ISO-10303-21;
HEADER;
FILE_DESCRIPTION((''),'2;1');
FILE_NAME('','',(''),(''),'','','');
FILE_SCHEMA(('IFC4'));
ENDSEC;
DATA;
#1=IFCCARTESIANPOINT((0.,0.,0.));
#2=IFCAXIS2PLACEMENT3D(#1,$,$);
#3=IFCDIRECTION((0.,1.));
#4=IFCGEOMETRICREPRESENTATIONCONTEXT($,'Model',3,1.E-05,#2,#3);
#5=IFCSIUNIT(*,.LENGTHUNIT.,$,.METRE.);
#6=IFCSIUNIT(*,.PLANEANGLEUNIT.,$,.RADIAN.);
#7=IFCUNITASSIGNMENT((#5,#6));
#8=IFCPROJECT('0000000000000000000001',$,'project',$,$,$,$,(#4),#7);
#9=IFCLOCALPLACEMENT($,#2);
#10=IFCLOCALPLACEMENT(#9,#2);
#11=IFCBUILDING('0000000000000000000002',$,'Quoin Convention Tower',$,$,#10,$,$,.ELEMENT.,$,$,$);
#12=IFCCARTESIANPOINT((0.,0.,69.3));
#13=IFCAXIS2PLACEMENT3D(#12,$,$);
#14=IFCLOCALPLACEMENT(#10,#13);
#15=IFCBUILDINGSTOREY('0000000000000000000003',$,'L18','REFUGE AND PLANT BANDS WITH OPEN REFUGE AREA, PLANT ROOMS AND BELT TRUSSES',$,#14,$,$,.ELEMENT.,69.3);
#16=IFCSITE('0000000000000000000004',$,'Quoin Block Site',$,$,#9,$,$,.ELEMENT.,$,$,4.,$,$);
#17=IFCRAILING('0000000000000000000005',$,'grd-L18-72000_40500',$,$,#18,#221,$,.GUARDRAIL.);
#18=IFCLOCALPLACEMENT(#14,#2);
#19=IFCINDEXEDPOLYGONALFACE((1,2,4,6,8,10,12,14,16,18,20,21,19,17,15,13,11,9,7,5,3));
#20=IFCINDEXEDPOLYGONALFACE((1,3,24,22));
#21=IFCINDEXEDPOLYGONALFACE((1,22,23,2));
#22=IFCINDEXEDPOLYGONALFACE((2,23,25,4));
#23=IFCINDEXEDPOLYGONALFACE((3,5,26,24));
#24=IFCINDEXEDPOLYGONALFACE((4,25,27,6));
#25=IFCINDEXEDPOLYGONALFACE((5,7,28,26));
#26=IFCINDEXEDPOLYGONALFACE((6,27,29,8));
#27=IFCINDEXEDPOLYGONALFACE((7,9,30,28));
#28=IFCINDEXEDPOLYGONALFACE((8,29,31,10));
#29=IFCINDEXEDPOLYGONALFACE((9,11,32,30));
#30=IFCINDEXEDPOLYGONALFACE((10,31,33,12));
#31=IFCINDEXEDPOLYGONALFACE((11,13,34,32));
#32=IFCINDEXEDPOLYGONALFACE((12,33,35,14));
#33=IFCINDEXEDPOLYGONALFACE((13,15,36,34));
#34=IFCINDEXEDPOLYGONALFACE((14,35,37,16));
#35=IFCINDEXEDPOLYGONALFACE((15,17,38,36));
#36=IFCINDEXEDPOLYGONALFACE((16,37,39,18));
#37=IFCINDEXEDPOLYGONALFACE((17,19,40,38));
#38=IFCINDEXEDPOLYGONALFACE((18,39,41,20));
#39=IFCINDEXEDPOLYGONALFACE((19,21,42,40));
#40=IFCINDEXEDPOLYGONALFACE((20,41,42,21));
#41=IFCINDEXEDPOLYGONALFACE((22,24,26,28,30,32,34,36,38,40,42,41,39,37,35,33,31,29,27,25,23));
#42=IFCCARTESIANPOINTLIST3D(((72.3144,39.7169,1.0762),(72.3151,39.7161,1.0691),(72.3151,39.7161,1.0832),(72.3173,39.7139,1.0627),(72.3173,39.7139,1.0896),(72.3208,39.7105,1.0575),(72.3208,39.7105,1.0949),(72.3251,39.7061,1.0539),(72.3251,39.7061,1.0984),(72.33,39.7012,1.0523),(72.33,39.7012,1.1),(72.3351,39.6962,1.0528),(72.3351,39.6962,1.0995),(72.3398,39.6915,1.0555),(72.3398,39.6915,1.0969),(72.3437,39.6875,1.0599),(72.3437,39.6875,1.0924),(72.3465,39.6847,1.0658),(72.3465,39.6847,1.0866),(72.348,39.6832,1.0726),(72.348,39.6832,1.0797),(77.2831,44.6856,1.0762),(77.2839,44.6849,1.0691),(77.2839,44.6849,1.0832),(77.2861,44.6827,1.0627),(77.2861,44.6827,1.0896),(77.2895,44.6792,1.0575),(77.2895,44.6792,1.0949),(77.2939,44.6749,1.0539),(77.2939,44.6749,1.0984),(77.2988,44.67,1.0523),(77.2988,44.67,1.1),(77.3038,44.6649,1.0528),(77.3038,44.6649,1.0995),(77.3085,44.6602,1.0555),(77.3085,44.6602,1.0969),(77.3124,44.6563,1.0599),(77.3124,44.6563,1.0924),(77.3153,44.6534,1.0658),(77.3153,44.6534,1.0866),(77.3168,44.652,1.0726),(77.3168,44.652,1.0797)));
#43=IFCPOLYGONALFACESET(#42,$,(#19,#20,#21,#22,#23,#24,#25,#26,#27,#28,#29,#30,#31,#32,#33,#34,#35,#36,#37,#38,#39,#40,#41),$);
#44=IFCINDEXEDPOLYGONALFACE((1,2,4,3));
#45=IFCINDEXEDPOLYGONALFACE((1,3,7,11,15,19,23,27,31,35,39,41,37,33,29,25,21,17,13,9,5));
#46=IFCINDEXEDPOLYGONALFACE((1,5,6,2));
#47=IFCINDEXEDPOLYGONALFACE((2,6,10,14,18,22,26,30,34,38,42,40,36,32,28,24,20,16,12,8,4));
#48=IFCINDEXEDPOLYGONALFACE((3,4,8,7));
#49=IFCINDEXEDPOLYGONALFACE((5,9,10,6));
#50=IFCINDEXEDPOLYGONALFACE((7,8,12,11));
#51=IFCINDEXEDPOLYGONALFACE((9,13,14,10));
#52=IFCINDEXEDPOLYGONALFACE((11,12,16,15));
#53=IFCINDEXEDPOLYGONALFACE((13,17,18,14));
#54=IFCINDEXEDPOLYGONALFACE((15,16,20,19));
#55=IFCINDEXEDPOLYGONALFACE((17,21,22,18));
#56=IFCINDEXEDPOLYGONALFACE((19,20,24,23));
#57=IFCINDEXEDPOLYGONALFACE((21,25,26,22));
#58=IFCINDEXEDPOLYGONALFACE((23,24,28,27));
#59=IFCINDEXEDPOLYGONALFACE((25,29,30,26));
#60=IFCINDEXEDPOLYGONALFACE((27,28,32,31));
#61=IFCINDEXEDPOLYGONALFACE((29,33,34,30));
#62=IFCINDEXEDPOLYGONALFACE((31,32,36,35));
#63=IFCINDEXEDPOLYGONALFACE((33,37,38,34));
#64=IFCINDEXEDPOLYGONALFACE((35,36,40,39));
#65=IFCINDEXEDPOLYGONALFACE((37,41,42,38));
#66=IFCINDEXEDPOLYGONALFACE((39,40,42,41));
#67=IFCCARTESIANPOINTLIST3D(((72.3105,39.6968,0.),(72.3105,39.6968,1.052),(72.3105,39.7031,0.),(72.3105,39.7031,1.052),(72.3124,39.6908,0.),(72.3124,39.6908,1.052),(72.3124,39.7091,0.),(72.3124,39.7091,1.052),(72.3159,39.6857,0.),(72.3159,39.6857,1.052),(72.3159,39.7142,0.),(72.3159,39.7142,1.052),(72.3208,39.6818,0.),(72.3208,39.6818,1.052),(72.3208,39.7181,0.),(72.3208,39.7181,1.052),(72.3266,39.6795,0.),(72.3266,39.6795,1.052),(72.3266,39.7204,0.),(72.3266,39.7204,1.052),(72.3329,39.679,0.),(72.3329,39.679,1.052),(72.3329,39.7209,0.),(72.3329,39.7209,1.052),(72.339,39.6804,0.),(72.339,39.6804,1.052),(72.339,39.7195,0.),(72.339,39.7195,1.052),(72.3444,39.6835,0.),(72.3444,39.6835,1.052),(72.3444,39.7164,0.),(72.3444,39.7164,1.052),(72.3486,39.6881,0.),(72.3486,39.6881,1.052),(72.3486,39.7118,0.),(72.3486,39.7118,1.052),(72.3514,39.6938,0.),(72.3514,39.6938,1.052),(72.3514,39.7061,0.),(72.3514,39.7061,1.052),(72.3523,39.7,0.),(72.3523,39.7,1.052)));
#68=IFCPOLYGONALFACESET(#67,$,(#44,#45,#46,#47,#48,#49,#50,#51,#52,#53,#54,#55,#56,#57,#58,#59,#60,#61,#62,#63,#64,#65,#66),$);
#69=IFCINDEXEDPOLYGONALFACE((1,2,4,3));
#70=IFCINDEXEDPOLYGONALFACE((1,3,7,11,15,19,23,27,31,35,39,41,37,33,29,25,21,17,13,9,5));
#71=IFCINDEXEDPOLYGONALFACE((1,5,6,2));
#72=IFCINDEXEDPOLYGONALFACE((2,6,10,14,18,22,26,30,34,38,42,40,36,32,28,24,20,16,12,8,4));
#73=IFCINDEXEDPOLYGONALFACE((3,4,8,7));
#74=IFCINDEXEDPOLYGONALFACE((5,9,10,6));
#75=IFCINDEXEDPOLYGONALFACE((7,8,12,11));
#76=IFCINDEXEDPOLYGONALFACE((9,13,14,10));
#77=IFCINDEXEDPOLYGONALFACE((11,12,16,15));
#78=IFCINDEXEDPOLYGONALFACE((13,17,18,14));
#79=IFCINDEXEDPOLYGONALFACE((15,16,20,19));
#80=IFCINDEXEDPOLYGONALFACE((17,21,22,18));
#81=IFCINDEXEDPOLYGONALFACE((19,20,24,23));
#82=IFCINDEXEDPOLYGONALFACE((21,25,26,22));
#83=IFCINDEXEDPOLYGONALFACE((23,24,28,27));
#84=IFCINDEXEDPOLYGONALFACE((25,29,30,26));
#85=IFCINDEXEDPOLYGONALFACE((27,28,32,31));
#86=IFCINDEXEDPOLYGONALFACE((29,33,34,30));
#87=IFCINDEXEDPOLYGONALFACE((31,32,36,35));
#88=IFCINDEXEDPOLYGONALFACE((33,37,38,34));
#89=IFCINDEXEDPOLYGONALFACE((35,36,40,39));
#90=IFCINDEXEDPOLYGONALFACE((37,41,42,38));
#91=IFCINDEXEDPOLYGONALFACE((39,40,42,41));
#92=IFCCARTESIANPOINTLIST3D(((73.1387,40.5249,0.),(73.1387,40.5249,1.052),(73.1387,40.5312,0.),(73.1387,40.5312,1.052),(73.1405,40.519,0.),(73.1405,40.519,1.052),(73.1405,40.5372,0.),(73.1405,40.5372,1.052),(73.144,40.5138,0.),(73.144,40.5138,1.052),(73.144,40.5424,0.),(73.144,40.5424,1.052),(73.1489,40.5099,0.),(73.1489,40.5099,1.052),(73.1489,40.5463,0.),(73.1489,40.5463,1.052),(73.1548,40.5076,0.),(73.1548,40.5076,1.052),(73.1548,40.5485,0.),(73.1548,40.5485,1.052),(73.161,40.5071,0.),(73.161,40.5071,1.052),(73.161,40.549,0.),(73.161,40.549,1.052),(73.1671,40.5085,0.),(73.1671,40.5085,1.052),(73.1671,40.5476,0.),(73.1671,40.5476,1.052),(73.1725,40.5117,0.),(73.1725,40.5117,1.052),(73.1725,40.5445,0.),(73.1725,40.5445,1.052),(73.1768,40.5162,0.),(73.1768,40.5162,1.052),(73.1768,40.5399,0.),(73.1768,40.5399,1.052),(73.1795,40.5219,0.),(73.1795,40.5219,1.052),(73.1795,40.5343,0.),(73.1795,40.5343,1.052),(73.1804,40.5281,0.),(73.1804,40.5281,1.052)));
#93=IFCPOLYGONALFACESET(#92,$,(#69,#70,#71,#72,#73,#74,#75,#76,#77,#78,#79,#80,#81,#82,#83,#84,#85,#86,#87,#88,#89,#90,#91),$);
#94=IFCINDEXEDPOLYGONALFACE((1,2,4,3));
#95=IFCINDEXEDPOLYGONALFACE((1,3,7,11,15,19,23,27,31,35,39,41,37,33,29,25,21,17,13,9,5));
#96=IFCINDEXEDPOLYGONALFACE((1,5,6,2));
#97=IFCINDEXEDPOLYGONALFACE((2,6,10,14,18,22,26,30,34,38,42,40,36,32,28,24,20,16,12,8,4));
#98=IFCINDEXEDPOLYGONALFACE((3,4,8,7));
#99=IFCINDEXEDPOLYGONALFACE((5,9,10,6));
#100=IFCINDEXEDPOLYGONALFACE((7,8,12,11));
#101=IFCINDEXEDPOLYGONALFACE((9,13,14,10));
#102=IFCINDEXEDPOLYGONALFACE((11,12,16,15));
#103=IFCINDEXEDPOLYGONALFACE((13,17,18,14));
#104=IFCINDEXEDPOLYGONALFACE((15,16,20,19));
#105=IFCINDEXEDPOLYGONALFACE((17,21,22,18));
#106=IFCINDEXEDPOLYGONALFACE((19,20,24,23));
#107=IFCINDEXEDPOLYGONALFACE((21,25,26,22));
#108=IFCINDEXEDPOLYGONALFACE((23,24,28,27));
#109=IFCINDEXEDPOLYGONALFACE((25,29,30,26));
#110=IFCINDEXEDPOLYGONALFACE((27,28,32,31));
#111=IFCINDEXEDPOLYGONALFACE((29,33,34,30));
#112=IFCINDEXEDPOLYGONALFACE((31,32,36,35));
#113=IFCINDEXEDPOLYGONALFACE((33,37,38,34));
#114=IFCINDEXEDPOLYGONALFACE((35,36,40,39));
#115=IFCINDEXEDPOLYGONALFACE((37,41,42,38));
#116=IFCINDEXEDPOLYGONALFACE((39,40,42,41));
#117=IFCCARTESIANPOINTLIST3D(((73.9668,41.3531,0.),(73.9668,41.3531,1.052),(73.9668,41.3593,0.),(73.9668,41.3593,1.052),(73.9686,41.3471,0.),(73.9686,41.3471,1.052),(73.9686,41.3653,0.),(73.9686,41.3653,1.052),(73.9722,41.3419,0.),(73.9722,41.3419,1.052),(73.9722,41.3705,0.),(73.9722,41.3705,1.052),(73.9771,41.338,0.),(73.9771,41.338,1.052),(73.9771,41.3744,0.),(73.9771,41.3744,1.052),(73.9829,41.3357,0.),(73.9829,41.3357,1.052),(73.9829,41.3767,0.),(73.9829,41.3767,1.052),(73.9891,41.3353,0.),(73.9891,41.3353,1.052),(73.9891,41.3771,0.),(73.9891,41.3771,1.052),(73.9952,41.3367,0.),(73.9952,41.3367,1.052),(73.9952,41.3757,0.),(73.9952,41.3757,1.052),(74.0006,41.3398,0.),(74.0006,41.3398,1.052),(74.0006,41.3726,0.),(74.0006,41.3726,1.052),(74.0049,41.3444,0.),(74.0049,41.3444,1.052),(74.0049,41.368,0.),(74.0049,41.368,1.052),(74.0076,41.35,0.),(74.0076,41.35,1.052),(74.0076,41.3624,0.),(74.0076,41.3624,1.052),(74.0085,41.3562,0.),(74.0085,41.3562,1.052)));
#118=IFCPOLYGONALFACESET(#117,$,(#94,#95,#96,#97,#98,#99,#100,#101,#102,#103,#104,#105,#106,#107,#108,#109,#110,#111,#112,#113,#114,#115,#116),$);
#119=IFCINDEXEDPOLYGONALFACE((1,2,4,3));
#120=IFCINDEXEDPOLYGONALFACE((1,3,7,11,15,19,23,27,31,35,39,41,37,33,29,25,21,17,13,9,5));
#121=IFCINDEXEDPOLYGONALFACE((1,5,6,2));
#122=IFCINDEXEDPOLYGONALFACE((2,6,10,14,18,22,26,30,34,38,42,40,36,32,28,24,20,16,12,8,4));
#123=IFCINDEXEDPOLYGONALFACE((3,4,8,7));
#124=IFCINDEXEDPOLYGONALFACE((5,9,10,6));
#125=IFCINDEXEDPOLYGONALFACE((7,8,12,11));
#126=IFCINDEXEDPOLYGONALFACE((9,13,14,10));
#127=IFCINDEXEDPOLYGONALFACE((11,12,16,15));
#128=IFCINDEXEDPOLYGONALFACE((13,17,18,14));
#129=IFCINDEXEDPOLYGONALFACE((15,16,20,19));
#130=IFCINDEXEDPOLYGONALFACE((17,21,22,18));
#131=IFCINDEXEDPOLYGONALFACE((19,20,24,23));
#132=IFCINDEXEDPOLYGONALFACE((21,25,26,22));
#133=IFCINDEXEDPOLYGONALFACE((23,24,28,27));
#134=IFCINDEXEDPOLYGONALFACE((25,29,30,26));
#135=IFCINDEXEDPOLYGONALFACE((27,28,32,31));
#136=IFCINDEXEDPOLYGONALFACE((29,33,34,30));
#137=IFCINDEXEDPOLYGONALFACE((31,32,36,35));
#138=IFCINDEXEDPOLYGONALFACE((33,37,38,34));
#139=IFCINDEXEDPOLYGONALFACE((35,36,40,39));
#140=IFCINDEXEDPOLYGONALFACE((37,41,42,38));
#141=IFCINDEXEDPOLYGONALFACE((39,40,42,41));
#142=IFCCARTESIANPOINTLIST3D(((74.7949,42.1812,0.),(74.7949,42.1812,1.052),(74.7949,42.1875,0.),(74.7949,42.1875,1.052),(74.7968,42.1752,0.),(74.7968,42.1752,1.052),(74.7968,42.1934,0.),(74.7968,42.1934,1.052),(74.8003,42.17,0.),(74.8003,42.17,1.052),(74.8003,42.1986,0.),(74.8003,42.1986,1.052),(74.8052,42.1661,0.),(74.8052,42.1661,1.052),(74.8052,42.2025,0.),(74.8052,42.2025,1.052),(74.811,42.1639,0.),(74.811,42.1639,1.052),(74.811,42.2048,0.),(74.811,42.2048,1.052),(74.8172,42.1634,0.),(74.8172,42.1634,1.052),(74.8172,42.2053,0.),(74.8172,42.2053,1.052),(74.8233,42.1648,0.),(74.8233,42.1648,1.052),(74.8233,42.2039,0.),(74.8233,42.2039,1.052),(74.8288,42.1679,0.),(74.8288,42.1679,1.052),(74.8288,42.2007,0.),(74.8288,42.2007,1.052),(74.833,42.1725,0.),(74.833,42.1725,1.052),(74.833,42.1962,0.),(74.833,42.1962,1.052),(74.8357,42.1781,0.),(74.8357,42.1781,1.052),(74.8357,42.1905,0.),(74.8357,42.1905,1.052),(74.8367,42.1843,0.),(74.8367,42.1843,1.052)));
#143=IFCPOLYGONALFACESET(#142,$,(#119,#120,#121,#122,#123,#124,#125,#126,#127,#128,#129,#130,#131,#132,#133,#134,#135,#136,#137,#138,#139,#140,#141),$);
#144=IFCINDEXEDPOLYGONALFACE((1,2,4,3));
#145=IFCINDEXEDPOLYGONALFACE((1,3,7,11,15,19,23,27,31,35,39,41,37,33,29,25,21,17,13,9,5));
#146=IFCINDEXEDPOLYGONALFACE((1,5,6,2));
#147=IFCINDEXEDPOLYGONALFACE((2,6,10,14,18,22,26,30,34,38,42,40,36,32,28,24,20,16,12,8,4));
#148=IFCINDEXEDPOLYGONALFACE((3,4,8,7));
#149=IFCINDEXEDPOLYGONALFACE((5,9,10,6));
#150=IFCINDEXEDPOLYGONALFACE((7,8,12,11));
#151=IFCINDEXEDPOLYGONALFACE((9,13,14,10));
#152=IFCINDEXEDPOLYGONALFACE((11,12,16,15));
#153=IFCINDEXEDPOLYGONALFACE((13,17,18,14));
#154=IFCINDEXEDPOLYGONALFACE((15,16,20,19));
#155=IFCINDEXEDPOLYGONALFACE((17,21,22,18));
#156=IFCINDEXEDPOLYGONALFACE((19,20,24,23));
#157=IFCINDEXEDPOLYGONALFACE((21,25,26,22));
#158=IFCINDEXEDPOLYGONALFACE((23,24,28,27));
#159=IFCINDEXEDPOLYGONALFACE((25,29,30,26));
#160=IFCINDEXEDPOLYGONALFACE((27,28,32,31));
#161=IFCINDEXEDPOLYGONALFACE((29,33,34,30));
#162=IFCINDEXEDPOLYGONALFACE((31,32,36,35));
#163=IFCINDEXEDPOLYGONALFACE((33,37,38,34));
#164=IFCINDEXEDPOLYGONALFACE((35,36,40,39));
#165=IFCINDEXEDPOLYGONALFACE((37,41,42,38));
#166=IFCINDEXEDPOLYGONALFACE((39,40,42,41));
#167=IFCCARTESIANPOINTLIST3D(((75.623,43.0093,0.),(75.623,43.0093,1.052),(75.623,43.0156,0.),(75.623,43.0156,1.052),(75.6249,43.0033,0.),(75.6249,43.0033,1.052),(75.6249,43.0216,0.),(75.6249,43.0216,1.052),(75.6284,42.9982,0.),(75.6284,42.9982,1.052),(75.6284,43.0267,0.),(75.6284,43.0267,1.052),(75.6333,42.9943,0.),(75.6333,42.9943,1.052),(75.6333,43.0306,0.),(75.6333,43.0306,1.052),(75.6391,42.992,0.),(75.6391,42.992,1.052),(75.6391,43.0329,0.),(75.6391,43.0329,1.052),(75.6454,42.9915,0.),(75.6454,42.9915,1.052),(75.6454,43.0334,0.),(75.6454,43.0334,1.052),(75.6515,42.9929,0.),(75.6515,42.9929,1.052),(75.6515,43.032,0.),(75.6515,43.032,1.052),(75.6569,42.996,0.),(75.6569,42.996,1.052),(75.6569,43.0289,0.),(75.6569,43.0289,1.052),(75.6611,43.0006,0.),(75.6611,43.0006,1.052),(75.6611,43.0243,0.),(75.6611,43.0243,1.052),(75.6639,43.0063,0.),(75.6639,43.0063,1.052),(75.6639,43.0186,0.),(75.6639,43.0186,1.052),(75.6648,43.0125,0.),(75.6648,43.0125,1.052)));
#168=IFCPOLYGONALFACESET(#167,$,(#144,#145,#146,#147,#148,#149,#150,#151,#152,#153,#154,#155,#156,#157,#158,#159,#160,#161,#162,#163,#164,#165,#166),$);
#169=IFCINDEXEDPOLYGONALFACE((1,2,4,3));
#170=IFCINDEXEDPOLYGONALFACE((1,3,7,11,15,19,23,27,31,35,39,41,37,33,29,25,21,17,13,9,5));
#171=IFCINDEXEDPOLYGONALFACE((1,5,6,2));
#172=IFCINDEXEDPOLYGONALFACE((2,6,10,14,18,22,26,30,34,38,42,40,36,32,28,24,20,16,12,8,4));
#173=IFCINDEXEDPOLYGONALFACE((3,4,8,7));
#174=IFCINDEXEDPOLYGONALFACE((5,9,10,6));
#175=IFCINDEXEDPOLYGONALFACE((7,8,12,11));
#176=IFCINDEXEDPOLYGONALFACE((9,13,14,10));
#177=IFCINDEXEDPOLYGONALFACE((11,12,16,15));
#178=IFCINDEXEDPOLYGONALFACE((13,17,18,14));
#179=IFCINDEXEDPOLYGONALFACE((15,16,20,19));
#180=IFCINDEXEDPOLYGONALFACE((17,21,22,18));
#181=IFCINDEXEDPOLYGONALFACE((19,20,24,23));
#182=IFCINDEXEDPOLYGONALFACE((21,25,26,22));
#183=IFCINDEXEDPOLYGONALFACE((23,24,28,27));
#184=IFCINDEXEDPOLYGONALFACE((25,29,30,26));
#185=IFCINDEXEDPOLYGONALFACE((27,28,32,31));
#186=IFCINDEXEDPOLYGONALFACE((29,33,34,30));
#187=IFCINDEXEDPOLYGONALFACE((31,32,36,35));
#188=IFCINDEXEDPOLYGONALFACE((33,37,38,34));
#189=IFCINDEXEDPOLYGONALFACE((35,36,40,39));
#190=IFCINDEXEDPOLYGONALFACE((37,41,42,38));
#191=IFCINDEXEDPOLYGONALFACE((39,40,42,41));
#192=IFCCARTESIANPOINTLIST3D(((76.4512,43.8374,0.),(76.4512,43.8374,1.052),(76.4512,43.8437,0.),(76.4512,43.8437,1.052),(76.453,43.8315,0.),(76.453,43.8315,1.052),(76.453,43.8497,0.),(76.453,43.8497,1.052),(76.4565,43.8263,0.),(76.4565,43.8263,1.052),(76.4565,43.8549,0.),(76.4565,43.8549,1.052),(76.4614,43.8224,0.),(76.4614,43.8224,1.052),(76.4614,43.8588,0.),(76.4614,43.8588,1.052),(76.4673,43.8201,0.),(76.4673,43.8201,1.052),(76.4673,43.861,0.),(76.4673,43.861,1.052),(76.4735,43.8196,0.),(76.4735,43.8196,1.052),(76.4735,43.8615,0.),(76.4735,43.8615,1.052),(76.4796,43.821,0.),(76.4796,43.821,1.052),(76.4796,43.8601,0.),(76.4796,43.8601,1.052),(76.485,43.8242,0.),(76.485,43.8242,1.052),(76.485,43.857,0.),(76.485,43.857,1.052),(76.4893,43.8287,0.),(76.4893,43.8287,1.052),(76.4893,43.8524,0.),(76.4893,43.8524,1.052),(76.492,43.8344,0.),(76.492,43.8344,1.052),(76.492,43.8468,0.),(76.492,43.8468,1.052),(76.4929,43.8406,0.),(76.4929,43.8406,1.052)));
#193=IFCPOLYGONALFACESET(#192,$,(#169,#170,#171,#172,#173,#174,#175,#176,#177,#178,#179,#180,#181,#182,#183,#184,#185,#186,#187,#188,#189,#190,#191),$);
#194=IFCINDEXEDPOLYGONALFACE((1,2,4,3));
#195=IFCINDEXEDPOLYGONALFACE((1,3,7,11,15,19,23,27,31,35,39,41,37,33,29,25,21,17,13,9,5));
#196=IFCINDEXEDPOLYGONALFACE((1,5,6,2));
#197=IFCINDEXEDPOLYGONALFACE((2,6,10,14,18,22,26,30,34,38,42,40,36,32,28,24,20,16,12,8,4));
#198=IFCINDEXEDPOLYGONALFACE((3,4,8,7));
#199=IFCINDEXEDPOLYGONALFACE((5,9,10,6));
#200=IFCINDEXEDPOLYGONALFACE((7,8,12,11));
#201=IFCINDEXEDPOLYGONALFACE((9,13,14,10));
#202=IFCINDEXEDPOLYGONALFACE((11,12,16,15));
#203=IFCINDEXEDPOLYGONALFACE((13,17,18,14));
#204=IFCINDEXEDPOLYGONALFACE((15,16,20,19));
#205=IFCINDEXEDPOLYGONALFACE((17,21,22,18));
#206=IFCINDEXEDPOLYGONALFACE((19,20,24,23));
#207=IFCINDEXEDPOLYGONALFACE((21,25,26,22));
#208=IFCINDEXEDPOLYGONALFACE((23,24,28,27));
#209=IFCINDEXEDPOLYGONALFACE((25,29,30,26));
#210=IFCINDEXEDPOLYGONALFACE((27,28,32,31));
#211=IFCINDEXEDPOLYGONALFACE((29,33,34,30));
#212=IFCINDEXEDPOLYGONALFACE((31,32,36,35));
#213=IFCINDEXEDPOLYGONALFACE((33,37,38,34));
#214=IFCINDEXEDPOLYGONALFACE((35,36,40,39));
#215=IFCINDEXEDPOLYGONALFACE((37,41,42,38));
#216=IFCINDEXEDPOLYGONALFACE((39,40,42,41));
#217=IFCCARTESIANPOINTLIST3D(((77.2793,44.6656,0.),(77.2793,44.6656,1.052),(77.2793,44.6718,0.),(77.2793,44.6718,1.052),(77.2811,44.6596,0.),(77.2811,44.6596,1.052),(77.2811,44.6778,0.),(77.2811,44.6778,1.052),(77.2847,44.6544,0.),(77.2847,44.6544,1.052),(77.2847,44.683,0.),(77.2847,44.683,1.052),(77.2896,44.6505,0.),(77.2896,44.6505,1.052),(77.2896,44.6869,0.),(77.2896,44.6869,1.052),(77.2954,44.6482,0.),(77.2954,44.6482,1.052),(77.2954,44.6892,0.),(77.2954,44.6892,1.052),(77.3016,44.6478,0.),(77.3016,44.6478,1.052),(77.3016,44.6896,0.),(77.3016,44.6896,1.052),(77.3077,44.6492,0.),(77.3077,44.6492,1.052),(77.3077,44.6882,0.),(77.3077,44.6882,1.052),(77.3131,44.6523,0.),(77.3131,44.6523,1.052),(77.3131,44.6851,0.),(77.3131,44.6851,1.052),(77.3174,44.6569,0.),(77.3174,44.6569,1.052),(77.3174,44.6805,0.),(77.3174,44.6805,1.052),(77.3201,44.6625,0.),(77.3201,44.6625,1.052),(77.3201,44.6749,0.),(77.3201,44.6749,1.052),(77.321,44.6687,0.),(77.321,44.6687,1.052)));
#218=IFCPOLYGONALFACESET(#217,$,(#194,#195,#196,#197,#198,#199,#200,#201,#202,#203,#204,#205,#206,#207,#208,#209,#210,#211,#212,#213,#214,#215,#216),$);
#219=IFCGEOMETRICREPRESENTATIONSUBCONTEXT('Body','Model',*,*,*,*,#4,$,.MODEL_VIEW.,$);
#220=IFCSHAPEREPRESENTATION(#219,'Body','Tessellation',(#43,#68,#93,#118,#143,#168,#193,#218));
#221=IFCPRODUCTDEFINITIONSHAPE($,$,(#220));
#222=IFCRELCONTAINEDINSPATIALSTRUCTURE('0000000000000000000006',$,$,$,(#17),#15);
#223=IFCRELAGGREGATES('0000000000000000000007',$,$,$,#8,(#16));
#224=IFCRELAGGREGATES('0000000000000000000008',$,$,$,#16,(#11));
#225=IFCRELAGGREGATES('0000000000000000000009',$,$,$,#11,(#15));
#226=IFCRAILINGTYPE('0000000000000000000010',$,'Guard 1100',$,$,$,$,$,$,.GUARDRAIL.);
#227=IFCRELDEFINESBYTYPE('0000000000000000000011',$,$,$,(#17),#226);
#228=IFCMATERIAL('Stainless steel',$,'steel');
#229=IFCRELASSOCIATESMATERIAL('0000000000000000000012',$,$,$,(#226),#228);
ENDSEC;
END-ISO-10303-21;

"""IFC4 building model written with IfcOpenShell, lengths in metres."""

from ifc_helpers import new_model, si_unit, direction, frame, origin, origin_2d, place, context, subcontext, project, spatial, circle, extrude, material, type_object, element, save


model = new_model("IFC4")

# Units and contexts
model_context = context("Model", 3, precision=1e-05, world=origin(), true_north=direction((0.0, 1.0)))
body_context = subcontext(model_context, "Body", "Model", "MODEL_VIEW")
ifc_project = project(units=[si_unit("LENGTHUNIT", "METRE"), si_unit("PLANEANGLEUNIT", "RADIAN")], contexts=[model_context])

# Site, building, storey
site_placement = place(None, origin())
site = spatial("IfcSite", under=ifc_project, at=site_placement, Name="Quoin Block Site", CompositionType="ELEMENT", RefElevation=4.0)
building_placement = place(site_placement, origin())
building = spatial("IfcBuilding", under=site, at=building_placement, Name="Quoin Convention Tower", CompositionType="ELEMENT")
storey_placement = place(building_placement, frame((0.0, 0.0, 69.3)))
storey = spatial("IfcBuildingStorey", under=building, at=storey_placement, Name="L18", Description="REFUGE AND PLANT BANDS WITH OPEN REFUGE AREA, PLANT ROOMS AND BELT TRUSSES", CompositionType="ELEMENT", Elevation=69.3)

# Railing
ifc_material_1 = material(Name="Stainless steel", Category="steel")
railing_type = type_object("IfcRailingType", Name="Guard 1100", PredefinedType="GUARDRAIL", material=ifc_material_1)
railing_1_placement = place(storey_placement, frame((72.3313, 39.7, 0.0)))
element("IfcRailing", 1, at=railing_1_placement, inside=storey, type_object=railing_type, Name="grd-L18-72000_40500", PredefinedType="GUARDRAIL", context=body_context, shape_type="SweptSolid", body=[
    extrude(circle(Radius=0.0239, at=origin_2d()), frame((0.0, 0.0, 1.0762), z_axis=(0.707107, 0.707107, 0.0), x_axis=(-0.707107, 0.707107, 0.0)), (0.0, 0.0, 1.0), 7.0269),
    extrude(circle(Radius=0.021, at=origin_2d()), origin(), (0.0, 0.0, 1.0), 1.052),
    extrude(circle(Radius=0.021, at=origin_2d()), frame((0.8281, 0.8281, 0.0)), (0.0, 0.0, 1.0), 1.052),
    extrude(circle(Radius=0.021, at=origin_2d()), frame((1.6562, 1.6562, 0.0)), (0.0, 0.0, 1.0), 1.052),
    extrude(circle(Radius=0.021, at=origin_2d()), frame((2.4844, 2.4844, 0.0)), (0.0, 0.0, 1.0), 1.052),
    extrude(circle(Radius=0.021, at=origin_2d()), frame((3.3125, 3.3125, 0.0)), (0.0, 0.0, 1.0), 1.052),
    extrude(circle(Radius=0.021, at=origin_2d()), frame((4.1406, 4.1406, 0.0)), (0.0, 0.0, 1.0), 1.052),
    extrude(circle(Radius=0.021, at=origin_2d()), frame((4.9688, 4.9688, 0.0)), (0.0, 0.0, 1.0), 1.052),
])

save(model, "model.ifc")
